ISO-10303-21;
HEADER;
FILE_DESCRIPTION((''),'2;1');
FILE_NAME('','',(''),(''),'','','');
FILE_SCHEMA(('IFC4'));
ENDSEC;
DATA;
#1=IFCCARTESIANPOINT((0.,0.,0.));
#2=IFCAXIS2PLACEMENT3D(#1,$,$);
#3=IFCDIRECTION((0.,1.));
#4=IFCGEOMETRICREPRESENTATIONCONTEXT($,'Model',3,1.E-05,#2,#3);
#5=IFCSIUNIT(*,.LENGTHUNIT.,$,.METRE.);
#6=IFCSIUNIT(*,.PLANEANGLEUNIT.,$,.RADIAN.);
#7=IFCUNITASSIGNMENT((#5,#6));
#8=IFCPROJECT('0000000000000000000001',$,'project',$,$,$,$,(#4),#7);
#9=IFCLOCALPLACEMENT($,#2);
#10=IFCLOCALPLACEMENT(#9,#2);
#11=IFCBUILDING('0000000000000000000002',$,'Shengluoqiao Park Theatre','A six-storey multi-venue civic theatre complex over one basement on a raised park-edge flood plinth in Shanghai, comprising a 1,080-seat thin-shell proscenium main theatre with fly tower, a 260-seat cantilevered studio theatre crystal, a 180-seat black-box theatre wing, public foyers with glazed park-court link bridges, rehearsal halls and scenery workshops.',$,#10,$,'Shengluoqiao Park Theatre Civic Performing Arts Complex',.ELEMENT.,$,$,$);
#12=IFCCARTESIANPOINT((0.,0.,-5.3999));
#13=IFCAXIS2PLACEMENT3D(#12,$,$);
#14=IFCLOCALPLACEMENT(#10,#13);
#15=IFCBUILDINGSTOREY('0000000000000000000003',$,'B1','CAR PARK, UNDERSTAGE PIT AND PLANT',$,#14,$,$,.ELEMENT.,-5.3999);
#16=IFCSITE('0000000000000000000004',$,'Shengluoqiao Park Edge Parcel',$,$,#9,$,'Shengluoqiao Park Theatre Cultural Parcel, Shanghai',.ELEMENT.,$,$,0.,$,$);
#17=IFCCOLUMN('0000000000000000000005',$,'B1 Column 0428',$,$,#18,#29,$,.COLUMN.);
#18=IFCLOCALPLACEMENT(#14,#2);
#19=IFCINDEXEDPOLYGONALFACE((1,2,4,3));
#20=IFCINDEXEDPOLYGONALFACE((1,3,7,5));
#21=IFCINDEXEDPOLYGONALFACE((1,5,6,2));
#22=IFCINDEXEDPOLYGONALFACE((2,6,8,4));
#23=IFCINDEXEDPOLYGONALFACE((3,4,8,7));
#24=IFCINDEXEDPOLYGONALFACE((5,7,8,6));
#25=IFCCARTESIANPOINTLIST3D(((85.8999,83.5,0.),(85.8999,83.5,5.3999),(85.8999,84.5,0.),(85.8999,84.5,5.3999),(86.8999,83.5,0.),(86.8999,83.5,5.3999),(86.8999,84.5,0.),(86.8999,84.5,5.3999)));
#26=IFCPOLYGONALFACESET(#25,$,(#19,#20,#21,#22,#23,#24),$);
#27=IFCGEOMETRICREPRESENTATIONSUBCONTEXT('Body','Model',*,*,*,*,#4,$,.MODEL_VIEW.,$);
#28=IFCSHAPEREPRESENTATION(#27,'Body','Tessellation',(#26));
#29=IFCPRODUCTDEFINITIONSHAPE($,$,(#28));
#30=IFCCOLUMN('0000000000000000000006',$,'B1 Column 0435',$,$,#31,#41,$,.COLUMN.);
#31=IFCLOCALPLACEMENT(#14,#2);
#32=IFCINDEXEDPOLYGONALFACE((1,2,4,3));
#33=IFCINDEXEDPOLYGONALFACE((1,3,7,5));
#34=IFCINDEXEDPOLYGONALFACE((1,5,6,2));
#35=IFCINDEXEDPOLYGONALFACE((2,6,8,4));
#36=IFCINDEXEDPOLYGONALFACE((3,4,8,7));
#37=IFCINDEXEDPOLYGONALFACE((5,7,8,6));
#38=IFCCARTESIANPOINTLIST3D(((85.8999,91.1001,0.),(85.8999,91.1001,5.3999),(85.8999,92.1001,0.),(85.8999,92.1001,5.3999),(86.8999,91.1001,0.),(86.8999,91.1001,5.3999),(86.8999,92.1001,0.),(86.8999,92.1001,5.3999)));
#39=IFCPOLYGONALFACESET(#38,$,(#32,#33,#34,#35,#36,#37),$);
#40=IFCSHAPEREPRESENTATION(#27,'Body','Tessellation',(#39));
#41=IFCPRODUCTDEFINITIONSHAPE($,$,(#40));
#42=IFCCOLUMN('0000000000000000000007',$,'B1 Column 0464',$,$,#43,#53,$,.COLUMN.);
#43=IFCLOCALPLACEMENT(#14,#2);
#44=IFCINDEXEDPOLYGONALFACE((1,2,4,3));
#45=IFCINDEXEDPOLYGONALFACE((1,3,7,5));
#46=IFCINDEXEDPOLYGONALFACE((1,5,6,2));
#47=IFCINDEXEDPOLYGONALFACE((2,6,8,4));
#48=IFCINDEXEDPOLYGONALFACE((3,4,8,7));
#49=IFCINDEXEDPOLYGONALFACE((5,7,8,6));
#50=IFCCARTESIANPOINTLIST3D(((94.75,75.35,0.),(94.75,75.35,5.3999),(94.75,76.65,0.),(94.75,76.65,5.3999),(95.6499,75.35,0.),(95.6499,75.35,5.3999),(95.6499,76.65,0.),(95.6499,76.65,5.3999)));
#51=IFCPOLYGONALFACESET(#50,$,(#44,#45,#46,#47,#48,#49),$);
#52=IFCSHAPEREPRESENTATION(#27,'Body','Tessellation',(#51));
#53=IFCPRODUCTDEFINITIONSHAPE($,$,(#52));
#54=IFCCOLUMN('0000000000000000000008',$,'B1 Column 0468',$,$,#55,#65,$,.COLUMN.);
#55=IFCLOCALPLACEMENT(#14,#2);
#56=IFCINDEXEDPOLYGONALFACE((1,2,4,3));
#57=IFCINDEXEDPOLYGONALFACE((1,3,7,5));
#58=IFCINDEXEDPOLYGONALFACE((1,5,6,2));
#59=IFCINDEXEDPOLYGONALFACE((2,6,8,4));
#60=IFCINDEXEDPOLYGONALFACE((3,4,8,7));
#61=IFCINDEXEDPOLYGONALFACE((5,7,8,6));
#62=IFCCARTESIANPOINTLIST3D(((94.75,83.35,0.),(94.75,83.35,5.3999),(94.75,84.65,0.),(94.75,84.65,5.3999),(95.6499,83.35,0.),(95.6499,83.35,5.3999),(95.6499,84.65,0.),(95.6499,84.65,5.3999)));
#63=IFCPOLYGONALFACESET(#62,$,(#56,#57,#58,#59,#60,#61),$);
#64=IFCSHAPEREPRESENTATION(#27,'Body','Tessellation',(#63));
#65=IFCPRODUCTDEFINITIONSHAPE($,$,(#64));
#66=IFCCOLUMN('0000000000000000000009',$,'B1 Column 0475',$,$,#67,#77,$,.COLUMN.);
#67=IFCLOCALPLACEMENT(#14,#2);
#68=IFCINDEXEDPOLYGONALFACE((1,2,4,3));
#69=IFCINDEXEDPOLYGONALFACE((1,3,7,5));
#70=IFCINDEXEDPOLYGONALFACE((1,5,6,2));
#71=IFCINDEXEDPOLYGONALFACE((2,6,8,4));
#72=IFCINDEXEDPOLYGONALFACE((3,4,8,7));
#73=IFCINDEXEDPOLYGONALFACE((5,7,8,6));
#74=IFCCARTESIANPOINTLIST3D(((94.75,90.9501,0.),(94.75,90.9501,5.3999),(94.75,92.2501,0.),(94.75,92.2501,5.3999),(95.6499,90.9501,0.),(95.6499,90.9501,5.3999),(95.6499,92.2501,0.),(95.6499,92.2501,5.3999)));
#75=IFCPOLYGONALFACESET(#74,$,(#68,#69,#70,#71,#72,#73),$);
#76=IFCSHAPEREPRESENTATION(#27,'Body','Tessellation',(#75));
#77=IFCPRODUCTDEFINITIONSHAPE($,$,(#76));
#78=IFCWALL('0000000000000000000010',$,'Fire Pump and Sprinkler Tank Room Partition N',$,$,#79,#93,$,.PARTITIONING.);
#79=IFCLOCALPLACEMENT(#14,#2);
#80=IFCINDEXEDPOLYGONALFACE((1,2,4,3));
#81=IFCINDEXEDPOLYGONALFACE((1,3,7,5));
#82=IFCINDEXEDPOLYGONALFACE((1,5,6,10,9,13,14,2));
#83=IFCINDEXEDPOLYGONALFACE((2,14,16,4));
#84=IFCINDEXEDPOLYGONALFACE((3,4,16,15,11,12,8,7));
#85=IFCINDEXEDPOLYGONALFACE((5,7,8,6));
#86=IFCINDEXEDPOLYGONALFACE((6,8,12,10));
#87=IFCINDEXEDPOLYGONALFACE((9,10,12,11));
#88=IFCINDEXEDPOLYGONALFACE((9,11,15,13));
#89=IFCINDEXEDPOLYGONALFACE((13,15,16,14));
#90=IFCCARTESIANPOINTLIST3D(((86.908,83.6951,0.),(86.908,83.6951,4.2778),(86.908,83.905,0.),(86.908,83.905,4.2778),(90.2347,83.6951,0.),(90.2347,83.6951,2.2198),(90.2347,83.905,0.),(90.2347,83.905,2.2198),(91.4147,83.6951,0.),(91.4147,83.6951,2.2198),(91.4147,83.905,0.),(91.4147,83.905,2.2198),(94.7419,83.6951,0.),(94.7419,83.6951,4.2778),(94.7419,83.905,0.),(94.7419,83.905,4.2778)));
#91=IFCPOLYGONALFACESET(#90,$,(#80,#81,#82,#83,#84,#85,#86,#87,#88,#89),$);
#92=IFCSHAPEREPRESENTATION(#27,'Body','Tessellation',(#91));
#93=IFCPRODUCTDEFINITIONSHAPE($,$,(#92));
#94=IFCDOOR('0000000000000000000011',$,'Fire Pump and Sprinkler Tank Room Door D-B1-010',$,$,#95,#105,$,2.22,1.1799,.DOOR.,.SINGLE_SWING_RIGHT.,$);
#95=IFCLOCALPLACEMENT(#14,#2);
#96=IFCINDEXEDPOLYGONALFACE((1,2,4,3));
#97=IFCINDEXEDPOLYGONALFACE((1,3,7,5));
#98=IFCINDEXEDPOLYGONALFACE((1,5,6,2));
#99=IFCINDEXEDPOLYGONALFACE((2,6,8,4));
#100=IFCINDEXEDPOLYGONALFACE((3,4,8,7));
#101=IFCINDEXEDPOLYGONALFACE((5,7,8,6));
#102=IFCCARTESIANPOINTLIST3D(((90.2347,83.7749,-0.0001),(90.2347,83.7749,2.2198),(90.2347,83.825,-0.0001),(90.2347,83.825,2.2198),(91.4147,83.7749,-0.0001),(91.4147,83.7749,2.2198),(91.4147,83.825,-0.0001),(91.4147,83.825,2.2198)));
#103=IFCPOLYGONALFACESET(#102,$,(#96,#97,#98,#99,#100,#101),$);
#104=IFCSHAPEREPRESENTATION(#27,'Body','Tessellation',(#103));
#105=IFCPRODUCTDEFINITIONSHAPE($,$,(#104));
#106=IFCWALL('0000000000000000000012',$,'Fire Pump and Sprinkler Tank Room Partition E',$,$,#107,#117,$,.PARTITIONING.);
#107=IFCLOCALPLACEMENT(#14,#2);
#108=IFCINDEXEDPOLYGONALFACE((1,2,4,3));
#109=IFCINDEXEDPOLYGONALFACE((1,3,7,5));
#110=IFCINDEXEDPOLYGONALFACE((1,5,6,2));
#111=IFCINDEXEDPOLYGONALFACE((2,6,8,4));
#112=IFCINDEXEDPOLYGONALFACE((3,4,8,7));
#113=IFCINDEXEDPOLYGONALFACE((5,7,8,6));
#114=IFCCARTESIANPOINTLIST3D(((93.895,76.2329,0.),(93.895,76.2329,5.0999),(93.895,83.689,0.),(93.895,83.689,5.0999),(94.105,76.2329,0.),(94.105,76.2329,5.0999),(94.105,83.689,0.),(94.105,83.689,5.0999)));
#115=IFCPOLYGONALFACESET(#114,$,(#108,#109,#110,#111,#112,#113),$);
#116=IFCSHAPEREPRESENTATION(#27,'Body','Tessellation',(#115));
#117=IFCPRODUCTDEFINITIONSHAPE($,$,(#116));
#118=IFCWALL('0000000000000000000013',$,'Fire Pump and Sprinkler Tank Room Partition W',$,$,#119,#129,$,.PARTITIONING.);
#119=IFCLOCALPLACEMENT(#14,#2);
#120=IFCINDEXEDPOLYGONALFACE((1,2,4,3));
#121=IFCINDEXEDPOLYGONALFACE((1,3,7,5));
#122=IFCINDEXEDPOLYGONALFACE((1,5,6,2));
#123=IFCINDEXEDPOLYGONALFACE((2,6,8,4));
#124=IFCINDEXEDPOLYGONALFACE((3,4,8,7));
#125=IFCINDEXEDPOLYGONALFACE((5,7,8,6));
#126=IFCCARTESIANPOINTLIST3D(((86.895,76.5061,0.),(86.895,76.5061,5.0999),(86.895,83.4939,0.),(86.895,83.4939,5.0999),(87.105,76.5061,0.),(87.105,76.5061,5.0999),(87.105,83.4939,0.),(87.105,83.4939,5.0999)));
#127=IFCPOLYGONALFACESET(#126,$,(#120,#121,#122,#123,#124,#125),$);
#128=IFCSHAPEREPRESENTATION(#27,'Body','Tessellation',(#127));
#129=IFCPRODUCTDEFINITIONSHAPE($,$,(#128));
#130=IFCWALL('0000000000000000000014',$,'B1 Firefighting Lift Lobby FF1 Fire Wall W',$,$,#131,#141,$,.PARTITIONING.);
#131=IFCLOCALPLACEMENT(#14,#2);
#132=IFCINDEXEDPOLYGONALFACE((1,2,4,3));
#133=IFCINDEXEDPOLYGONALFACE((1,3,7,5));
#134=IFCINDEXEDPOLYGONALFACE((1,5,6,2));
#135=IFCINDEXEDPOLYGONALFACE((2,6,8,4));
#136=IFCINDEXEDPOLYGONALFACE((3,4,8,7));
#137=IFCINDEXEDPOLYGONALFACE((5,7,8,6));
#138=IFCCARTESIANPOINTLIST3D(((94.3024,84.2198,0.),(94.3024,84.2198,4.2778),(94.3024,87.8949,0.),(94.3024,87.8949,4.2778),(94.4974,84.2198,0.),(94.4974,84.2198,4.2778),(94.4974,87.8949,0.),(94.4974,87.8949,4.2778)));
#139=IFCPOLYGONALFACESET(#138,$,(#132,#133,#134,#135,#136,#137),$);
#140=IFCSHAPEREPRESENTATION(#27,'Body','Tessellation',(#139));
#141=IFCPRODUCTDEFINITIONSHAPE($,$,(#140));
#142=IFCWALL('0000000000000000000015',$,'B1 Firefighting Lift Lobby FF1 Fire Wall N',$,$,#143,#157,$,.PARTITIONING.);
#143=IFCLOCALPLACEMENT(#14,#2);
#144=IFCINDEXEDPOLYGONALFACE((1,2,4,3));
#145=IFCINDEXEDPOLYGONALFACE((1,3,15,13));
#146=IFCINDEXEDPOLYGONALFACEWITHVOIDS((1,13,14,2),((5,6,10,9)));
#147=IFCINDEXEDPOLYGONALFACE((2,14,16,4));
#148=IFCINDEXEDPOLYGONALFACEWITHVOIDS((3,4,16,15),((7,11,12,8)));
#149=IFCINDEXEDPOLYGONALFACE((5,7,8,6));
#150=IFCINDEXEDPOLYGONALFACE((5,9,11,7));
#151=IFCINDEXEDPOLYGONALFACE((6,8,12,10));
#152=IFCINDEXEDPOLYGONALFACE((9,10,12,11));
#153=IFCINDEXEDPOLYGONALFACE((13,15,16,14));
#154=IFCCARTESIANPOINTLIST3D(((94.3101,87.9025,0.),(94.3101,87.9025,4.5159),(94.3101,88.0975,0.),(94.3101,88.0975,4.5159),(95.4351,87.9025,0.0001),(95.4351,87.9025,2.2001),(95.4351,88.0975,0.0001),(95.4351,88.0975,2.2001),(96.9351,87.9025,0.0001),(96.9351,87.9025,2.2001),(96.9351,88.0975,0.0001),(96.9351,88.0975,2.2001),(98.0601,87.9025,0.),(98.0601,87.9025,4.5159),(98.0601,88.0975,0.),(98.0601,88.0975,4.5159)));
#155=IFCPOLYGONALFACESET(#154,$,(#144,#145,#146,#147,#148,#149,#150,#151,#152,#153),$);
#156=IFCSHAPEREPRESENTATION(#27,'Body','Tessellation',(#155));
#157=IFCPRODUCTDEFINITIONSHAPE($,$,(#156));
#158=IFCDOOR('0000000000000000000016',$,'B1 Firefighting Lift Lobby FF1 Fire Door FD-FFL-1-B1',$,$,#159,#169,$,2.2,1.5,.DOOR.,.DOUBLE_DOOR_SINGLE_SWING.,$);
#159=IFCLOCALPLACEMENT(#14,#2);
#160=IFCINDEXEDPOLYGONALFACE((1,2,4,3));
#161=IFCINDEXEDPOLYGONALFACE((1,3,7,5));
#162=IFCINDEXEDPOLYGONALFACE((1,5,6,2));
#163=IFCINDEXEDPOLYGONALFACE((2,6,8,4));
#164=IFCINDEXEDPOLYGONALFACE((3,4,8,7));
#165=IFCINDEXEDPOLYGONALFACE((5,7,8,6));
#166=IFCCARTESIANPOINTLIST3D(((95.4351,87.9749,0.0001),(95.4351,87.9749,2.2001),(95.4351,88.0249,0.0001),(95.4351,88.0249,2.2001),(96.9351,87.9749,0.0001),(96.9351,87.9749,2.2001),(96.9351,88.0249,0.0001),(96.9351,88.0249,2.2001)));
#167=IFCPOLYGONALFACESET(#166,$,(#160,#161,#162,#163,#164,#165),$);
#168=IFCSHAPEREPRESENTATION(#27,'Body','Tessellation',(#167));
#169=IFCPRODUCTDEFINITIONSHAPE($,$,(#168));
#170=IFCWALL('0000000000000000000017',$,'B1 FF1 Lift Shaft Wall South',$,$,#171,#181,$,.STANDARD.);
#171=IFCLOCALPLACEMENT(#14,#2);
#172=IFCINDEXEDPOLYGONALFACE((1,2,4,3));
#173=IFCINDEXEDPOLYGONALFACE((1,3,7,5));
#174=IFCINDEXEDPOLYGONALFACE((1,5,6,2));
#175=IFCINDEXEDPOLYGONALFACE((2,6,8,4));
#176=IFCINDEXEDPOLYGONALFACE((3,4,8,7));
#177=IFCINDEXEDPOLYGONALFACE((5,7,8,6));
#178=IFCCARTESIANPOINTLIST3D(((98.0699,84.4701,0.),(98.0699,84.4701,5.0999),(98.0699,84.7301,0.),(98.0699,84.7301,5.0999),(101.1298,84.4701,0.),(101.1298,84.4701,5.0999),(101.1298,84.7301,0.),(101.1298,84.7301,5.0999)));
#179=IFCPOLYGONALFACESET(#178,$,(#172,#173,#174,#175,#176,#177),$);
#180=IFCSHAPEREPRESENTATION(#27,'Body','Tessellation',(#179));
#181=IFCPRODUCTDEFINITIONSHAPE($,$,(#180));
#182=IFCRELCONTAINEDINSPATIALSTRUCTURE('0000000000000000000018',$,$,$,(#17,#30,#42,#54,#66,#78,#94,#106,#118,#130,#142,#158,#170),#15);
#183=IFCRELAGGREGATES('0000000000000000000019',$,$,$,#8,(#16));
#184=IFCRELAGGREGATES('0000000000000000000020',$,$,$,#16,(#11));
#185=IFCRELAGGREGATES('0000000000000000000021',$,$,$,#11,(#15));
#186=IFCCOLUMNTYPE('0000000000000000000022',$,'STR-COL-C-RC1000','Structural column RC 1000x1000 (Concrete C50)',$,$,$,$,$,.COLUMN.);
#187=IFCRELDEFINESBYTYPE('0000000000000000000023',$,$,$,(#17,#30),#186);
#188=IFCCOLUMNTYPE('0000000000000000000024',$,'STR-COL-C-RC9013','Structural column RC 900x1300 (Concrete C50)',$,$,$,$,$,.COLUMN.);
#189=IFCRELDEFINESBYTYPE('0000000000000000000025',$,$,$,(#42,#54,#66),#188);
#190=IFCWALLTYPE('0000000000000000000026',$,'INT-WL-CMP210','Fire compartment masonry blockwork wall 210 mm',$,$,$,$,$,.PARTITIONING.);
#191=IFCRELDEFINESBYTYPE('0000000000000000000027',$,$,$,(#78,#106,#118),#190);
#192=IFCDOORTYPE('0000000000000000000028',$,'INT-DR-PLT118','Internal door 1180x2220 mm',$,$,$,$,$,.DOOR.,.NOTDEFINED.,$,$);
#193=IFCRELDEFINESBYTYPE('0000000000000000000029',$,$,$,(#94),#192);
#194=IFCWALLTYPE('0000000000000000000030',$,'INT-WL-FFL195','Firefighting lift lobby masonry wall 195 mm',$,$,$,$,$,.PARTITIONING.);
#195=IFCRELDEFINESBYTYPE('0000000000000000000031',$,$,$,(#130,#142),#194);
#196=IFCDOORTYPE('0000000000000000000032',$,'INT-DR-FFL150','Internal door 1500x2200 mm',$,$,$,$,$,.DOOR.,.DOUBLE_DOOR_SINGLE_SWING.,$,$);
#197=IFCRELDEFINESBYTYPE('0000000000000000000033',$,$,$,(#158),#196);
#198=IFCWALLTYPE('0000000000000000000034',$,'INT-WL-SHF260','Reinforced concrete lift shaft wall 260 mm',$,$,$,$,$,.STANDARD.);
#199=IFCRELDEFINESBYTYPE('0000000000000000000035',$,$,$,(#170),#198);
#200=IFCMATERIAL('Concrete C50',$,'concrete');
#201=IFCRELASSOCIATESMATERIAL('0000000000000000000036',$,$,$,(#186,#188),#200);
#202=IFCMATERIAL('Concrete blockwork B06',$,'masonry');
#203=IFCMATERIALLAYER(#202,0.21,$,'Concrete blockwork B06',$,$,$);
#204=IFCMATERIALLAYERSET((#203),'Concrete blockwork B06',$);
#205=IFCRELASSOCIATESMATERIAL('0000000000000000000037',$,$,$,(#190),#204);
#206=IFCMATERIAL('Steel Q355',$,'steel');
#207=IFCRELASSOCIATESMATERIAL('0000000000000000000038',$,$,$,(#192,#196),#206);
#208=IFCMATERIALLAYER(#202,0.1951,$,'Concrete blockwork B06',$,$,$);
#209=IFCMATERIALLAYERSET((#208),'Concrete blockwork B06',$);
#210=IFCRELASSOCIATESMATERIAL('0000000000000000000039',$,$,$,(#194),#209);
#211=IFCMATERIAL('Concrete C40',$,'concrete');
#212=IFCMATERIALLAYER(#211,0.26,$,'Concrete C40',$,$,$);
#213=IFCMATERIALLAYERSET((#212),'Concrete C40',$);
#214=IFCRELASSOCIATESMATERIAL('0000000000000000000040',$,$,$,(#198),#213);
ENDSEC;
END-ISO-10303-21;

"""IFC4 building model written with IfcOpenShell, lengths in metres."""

from ifc_helpers import new_model, si_unit, direction, frame, frame_2d, origin, origin_2d, place, context, subcontext, project, spatial, rectangle, extrude, material, layer, layer_set, material_profile, profile_set, type_object, element, fill, save


model = new_model("IFC4")

# Units and contexts
model_context = context("Model", 3, precision=1e-05, world=origin(), true_north=direction((0.0, 1.0)))
body_context = subcontext(model_context, "Body", "Model", "MODEL_VIEW")
ifc_project = project(units=[si_unit("LENGTHUNIT", "METRE"), si_unit("PLANEANGLEUNIT", "RADIAN")], contexts=[model_context])

# Site, building, storey
site_placement = place(None, origin())
site = spatial("IfcSite", under=ifc_project, at=site_placement, Name="Shengluoqiao Park Edge Parcel", LongName="Shengluoqiao Park Theatre Cultural Parcel, Shanghai", CompositionType="ELEMENT", RefElevation=0.0)
building_placement = place(site_placement, origin())
building = spatial("IfcBuilding", under=site, at=building_placement, Name="Shengluoqiao Park Theatre", Description="A six-storey multi-venue civic theatre complex over one basement on a raised park-edge flood plinth in Shanghai, comprising a 1,080-seat thin-shell proscenium main theatre with fly tower, a 260-seat cantilevered studio theatre crystal, a 180-seat black-box theatre wing, public foyers with glazed park-court link bridges, rehearsal halls and scenery workshops.", LongName="Shengluoqiao Park Theatre Civic Performing Arts Complex", CompositionType="ELEMENT")
storey_placement = place(building_placement, frame((0.0, 0.0, -5.3999)))
storey = spatial("IfcBuildingStorey", under=building, at=storey_placement, Name="B1", Description="CAR PARK, UNDERSTAGE PIT AND PLANT", CompositionType="ELEMENT", Elevation=-5.3999)

# Shared definitions
ifc_material_1 = material(Name="Concrete C40", Category="concrete")

# Columns
ifc_material_2 = material(Name="Concrete C50", Category="concrete")
ifc_material_profile_1 = material_profile(ifc_material_2, rectangle(XDim=1.0, YDim=1.0, at=origin_2d()), Name="RC 1000x1000")
ifc_profile_set_1 = profile_set([ifc_material_profile_1], Name="Concrete C50")
column_type_1 = type_object("IfcColumnType", Name="STR-COL-C-RC1000", Description="Structural column RC 1000x1000 (Concrete C50)", PredefinedType="COLUMN", material=ifc_profile_set_1)
for number, where, z_axis, x_axis, name in (
    (1, (86.3999, 84.0, 0.0), (0.0, 0.0, 1.0), (1.0, 0.0, 0.0), "B1 Column 0428"),
    (2, (86.3999, 91.6001, 0.0), (0.0, 0.0, 1.0), (1.0, 0.0, 0.0), "B1 Column 0435"),
):
    element("IfcColumn", number, at=place(storey_placement, frame(where, z_axis=z_axis, x_axis=x_axis)), inside=storey, type_object=column_type_1, Name=name, PredefinedType="COLUMN", context=body_context, shape_type="SweptSolid", body=[
        extrude(rectangle(XDim=1.0, YDim=1.0, at=origin_2d()), origin(), (0.0, 0.0, 1.0), 5.3999),
    ])
ifc_material_profile_2 = material_profile(ifc_material_2, rectangle(XDim=0.8999, YDim=1.3, at=origin_2d()), Name="RC 900x1300")
ifc_profile_set_2 = profile_set([ifc_material_profile_2], Name="Concrete C50")
column_type_2 = type_object("IfcColumnType", Name="STR-COL-C-RC9013", Description="Structural column RC 900x1300 (Concrete C50)", PredefinedType="COLUMN", material=ifc_profile_set_2)
for number, where, z_axis, x_axis, name in (
    (3, (95.2, 76.0, 0.0), (0.0, 0.0, 1.0), (1.0, 0.0, 0.0), "B1 Column 0464"),
    (4, (95.2, 84.0, 0.0), (0.0, 0.0, 1.0), (1.0, 0.0, 0.0), "B1 Column 0468"),
    (5, (95.2, 91.6001, 0.0), (0.0, 0.0, 1.0), (1.0, 0.0, 0.0), "B1 Column 0475"),
):
    element("IfcColumn", number, at=place(storey_placement, frame(where, z_axis=z_axis, x_axis=x_axis)), inside=storey, type_object=column_type_2, Name=name, PredefinedType="COLUMN", context=body_context, shape_type="SweptSolid", body=[
        extrude(rectangle(XDim=0.8999, YDim=1.3, at=origin_2d()), origin(), (0.0, 0.0, 1.0), 5.3999),
    ])

# Wall, opening, door
ifc_material_3 = material(Name="Concrete blockwork B06", Category="masonry")
ifc_layer_1 = layer(ifc_material_3, 0.21, Name="Concrete blockwork B06")
ifc_layer_set_1 = layer_set([ifc_layer_1], Name="Concrete blockwork B06")
wall_type_1 = type_object("IfcWallType", Name="INT-WL-CMP210", Description="Fire compartment masonry blockwork wall 210 mm", PredefinedType="PARTITIONING", material=ifc_layer_set_1)
wall_1_placement = place(storey_placement, frame((86.908, 83.8, 0.0), z_axis=(0.0, 0.0, 1.0), x_axis=(1.0, 0.0, 0.0)))
wall_1 = element("IfcWall", 6, at=wall_1_placement, inside=storey, type_object=wall_type_1, Name="Fire Pump and Sprinkler Tank Room Partition N", PredefinedType="PARTITIONING", context=body_context, shape_type="SweptSolid", body=[
    extrude(rectangle(XDim=7.834, YDim=0.21, at=frame_2d((3.917, 0.0))), origin(), (0.0, 0.0, 1.0), 4.2778),
])
opening_1_placement = place(wall_1_placement, frame((3.3269, 0.0, 0.0)))
opening_1 = element("IfcOpeningElement", 7, at=opening_1_placement, cuts=wall_1, PredefinedType="OPENING", context=body_context, shape_type="SweptSolid", body=[
    extrude(rectangle(XDim=1.1799, YDim=2.22, at=frame_2d((0.5898, 1.1099))), frame((0.0, 0.115, 0.0), z_axis=(0.0, -1.0, 0.0), x_axis=(1.0, 0.0, 0.0)), (0.0, 0.0, 1.0), 0.23),
])
ifc_material_4 = material(Name="Steel Q355", Category="steel")
door_type_1 = type_object("IfcDoorType", Name="INT-DR-PLT118", Description="Internal door 1180x2220 mm", OperationType="NOTDEFINED", PredefinedType="DOOR", material=ifc_material_4)
door_1_placement = place(opening_1_placement, origin())
door_1 = element("IfcDoor", 8, at=door_1_placement, inside=storey, type_object=door_type_1, Name="Fire Pump and Sprinkler Tank Room Door D-B1-010", OperationType="SINGLE_SWING_RIGHT", OverallHeight=2.22, OverallWidth=1.1799, PredefinedType="DOOR", context=body_context, shape_type="SweptSolid", body=[
    extrude(rectangle(XDim=1.1799, YDim=2.22, at=frame_2d((0.5898, 1.1099))), frame((0.0, 0.0249, 0.0), z_axis=(0.0, -1.0, 0.0), x_axis=(1.0, 0.0, 0.0)), (0.0, 0.0, 1.0), 0.05),
])
fill(opening_1, door_1)

# Walls
wall_2_placement = place(storey_placement, frame((94.0, 76.2329, 0.0), z_axis=(0.0, 0.0, 1.0), x_axis=(0.0, 1.0, 0.0)))
element("IfcWall", 9, at=wall_2_placement, inside=storey, type_object=wall_type_1, Name="Fire Pump and Sprinkler Tank Room Partition E", PredefinedType="PARTITIONING", context=body_context, shape_type="SweptSolid", body=[
    extrude(rectangle(XDim=7.4561, YDim=0.21, at=frame_2d((3.728, 0.0))), origin(), (0.0, 0.0, 1.0), 5.0999),
])
wall_3_placement = place(storey_placement, frame((87.0, 76.5061, 0.0), z_axis=(0.0, 0.0, 1.0), x_axis=(0.0, 1.0, 0.0)))
element("IfcWall", 10, at=wall_3_placement, inside=storey, type_object=wall_type_1, Name="Fire Pump and Sprinkler Tank Room Partition W", PredefinedType="PARTITIONING", context=body_context, shape_type="SweptSolid", body=[
    extrude(rectangle(XDim=6.9878, YDim=0.21, at=frame_2d((3.4939, 0.0))), origin(), (0.0, 0.0, 1.0), 5.0999),
])
ifc_layer_2 = layer(ifc_material_3, 0.1951, Name="Concrete blockwork B06")
ifc_layer_set_2 = layer_set([ifc_layer_2], Name="Concrete blockwork B06")
wall_type_2 = type_object("IfcWallType", Name="INT-WL-FFL195", Description="Firefighting lift lobby masonry wall 195 mm", PredefinedType="PARTITIONING", material=ifc_layer_set_2)
wall_4_placement = place(storey_placement, frame((94.3999, 84.22, 0.0), z_axis=(0.0, 0.0, 1.0), x_axis=(0.0, 1.0, 0.0)))
element("IfcWall", 11, at=wall_4_placement, inside=storey, type_object=wall_type_2, Name="B1 Firefighting Lift Lobby FF1 Fire Wall W", PredefinedType="PARTITIONING", context=body_context, shape_type="SweptSolid", body=[
    extrude(rectangle(XDim=3.675, YDim=0.1951, at=frame_2d((1.8374, 0.0))), origin(), (0.0, 0.0, 1.0), 4.2778),
])

# Wall, opening, door
wall_5_placement = place(storey_placement, frame((94.3101, 88.0, 0.0), z_axis=(0.0, 0.0, 1.0), x_axis=(1.0, 0.0, 0.0)))
wall_5 = element("IfcWall", 12, at=wall_5_placement, inside=storey, type_object=wall_type_2, Name="B1 Firefighting Lift Lobby FF1 Fire Wall N", PredefinedType="PARTITIONING", context=body_context, shape_type="SweptSolid", body=[
    extrude(rectangle(XDim=3.75, YDim=0.1951, at=frame_2d((1.875, 0.0))), origin(), (0.0, 0.0, 1.0), 4.5159),
])
opening_2_placement = place(wall_5_placement, frame((1.125, 0.0, 0.0)))
opening_2 = element("IfcOpeningElement", 13, at=opening_2_placement, cuts=wall_5, PredefinedType="OPENING", context=body_context, shape_type="SweptSolid", body=[
    extrude(rectangle(XDim=1.5, YDim=2.2, at=frame_2d((0.75, 1.1001))), frame((0.0, 0.1074, 0.0), z_axis=(0.0, -1.0, 0.0), x_axis=(1.0, 0.0, 0.0)), (0.0, 0.0, 1.0), 0.2151),
])
door_type_2 = type_object("IfcDoorType", Name="INT-DR-FFL150", Description="Internal door 1500x2200 mm", OperationType="DOUBLE_DOOR_SINGLE_SWING", PredefinedType="DOOR", material=ifc_material_4)
door_2_placement = place(opening_2_placement, origin())
door_2 = element("IfcDoor", 14, at=door_2_placement, inside=storey, type_object=door_type_2, Name="B1 Firefighting Lift Lobby FF1 Fire Door FD-FFL-1-B1", OperationType="DOUBLE_DOOR_SINGLE_SWING", OverallHeight=2.2, OverallWidth=1.5, PredefinedType="DOOR", context=body_context, shape_type="SweptSolid", body=[
    extrude(rectangle(XDim=1.5, YDim=2.2, at=frame_2d((0.75, 1.1001))), frame((0.0, 0.0249, 0.0), z_axis=(0.0, -1.0, 0.0), x_axis=(1.0, 0.0, 0.0)), (0.0, 0.0, 1.0), 0.05),
])
fill(opening_2, door_2)

# Wall
ifc_layer_3 = layer(ifc_material_1, 0.26, Name="Concrete C40")
ifc_layer_set_3 = layer_set([ifc_layer_3], Name="Concrete C40")
wall_type_3 = type_object("IfcWallType", Name="INT-WL-SHF260", Description="Reinforced concrete lift shaft wall 260 mm", PredefinedType="STANDARD", material=ifc_layer_set_3)
for number, where, z_axis, x_axis, name in (
    (15, (98.0701, 84.6001, 0.0), (0.0, 0.0, 1.0), (1.0, 0.0, 0.0), "B1 FF1 Lift Shaft Wall South"),
):
    element("IfcWall", number, at=place(storey_placement, frame(where, z_axis=z_axis, x_axis=x_axis)), inside=storey, type_object=wall_type_3, Name=name, PredefinedType="STANDARD", context=body_context, shape_type="SweptSolid", body=[
        extrude(rectangle(XDim=3.0598, YDim=0.26, at=frame_2d((1.5298, 0.0))), origin(), (0.0, 0.0, 1.0), 5.0999),
    ])

save(model, "model.ifc")
